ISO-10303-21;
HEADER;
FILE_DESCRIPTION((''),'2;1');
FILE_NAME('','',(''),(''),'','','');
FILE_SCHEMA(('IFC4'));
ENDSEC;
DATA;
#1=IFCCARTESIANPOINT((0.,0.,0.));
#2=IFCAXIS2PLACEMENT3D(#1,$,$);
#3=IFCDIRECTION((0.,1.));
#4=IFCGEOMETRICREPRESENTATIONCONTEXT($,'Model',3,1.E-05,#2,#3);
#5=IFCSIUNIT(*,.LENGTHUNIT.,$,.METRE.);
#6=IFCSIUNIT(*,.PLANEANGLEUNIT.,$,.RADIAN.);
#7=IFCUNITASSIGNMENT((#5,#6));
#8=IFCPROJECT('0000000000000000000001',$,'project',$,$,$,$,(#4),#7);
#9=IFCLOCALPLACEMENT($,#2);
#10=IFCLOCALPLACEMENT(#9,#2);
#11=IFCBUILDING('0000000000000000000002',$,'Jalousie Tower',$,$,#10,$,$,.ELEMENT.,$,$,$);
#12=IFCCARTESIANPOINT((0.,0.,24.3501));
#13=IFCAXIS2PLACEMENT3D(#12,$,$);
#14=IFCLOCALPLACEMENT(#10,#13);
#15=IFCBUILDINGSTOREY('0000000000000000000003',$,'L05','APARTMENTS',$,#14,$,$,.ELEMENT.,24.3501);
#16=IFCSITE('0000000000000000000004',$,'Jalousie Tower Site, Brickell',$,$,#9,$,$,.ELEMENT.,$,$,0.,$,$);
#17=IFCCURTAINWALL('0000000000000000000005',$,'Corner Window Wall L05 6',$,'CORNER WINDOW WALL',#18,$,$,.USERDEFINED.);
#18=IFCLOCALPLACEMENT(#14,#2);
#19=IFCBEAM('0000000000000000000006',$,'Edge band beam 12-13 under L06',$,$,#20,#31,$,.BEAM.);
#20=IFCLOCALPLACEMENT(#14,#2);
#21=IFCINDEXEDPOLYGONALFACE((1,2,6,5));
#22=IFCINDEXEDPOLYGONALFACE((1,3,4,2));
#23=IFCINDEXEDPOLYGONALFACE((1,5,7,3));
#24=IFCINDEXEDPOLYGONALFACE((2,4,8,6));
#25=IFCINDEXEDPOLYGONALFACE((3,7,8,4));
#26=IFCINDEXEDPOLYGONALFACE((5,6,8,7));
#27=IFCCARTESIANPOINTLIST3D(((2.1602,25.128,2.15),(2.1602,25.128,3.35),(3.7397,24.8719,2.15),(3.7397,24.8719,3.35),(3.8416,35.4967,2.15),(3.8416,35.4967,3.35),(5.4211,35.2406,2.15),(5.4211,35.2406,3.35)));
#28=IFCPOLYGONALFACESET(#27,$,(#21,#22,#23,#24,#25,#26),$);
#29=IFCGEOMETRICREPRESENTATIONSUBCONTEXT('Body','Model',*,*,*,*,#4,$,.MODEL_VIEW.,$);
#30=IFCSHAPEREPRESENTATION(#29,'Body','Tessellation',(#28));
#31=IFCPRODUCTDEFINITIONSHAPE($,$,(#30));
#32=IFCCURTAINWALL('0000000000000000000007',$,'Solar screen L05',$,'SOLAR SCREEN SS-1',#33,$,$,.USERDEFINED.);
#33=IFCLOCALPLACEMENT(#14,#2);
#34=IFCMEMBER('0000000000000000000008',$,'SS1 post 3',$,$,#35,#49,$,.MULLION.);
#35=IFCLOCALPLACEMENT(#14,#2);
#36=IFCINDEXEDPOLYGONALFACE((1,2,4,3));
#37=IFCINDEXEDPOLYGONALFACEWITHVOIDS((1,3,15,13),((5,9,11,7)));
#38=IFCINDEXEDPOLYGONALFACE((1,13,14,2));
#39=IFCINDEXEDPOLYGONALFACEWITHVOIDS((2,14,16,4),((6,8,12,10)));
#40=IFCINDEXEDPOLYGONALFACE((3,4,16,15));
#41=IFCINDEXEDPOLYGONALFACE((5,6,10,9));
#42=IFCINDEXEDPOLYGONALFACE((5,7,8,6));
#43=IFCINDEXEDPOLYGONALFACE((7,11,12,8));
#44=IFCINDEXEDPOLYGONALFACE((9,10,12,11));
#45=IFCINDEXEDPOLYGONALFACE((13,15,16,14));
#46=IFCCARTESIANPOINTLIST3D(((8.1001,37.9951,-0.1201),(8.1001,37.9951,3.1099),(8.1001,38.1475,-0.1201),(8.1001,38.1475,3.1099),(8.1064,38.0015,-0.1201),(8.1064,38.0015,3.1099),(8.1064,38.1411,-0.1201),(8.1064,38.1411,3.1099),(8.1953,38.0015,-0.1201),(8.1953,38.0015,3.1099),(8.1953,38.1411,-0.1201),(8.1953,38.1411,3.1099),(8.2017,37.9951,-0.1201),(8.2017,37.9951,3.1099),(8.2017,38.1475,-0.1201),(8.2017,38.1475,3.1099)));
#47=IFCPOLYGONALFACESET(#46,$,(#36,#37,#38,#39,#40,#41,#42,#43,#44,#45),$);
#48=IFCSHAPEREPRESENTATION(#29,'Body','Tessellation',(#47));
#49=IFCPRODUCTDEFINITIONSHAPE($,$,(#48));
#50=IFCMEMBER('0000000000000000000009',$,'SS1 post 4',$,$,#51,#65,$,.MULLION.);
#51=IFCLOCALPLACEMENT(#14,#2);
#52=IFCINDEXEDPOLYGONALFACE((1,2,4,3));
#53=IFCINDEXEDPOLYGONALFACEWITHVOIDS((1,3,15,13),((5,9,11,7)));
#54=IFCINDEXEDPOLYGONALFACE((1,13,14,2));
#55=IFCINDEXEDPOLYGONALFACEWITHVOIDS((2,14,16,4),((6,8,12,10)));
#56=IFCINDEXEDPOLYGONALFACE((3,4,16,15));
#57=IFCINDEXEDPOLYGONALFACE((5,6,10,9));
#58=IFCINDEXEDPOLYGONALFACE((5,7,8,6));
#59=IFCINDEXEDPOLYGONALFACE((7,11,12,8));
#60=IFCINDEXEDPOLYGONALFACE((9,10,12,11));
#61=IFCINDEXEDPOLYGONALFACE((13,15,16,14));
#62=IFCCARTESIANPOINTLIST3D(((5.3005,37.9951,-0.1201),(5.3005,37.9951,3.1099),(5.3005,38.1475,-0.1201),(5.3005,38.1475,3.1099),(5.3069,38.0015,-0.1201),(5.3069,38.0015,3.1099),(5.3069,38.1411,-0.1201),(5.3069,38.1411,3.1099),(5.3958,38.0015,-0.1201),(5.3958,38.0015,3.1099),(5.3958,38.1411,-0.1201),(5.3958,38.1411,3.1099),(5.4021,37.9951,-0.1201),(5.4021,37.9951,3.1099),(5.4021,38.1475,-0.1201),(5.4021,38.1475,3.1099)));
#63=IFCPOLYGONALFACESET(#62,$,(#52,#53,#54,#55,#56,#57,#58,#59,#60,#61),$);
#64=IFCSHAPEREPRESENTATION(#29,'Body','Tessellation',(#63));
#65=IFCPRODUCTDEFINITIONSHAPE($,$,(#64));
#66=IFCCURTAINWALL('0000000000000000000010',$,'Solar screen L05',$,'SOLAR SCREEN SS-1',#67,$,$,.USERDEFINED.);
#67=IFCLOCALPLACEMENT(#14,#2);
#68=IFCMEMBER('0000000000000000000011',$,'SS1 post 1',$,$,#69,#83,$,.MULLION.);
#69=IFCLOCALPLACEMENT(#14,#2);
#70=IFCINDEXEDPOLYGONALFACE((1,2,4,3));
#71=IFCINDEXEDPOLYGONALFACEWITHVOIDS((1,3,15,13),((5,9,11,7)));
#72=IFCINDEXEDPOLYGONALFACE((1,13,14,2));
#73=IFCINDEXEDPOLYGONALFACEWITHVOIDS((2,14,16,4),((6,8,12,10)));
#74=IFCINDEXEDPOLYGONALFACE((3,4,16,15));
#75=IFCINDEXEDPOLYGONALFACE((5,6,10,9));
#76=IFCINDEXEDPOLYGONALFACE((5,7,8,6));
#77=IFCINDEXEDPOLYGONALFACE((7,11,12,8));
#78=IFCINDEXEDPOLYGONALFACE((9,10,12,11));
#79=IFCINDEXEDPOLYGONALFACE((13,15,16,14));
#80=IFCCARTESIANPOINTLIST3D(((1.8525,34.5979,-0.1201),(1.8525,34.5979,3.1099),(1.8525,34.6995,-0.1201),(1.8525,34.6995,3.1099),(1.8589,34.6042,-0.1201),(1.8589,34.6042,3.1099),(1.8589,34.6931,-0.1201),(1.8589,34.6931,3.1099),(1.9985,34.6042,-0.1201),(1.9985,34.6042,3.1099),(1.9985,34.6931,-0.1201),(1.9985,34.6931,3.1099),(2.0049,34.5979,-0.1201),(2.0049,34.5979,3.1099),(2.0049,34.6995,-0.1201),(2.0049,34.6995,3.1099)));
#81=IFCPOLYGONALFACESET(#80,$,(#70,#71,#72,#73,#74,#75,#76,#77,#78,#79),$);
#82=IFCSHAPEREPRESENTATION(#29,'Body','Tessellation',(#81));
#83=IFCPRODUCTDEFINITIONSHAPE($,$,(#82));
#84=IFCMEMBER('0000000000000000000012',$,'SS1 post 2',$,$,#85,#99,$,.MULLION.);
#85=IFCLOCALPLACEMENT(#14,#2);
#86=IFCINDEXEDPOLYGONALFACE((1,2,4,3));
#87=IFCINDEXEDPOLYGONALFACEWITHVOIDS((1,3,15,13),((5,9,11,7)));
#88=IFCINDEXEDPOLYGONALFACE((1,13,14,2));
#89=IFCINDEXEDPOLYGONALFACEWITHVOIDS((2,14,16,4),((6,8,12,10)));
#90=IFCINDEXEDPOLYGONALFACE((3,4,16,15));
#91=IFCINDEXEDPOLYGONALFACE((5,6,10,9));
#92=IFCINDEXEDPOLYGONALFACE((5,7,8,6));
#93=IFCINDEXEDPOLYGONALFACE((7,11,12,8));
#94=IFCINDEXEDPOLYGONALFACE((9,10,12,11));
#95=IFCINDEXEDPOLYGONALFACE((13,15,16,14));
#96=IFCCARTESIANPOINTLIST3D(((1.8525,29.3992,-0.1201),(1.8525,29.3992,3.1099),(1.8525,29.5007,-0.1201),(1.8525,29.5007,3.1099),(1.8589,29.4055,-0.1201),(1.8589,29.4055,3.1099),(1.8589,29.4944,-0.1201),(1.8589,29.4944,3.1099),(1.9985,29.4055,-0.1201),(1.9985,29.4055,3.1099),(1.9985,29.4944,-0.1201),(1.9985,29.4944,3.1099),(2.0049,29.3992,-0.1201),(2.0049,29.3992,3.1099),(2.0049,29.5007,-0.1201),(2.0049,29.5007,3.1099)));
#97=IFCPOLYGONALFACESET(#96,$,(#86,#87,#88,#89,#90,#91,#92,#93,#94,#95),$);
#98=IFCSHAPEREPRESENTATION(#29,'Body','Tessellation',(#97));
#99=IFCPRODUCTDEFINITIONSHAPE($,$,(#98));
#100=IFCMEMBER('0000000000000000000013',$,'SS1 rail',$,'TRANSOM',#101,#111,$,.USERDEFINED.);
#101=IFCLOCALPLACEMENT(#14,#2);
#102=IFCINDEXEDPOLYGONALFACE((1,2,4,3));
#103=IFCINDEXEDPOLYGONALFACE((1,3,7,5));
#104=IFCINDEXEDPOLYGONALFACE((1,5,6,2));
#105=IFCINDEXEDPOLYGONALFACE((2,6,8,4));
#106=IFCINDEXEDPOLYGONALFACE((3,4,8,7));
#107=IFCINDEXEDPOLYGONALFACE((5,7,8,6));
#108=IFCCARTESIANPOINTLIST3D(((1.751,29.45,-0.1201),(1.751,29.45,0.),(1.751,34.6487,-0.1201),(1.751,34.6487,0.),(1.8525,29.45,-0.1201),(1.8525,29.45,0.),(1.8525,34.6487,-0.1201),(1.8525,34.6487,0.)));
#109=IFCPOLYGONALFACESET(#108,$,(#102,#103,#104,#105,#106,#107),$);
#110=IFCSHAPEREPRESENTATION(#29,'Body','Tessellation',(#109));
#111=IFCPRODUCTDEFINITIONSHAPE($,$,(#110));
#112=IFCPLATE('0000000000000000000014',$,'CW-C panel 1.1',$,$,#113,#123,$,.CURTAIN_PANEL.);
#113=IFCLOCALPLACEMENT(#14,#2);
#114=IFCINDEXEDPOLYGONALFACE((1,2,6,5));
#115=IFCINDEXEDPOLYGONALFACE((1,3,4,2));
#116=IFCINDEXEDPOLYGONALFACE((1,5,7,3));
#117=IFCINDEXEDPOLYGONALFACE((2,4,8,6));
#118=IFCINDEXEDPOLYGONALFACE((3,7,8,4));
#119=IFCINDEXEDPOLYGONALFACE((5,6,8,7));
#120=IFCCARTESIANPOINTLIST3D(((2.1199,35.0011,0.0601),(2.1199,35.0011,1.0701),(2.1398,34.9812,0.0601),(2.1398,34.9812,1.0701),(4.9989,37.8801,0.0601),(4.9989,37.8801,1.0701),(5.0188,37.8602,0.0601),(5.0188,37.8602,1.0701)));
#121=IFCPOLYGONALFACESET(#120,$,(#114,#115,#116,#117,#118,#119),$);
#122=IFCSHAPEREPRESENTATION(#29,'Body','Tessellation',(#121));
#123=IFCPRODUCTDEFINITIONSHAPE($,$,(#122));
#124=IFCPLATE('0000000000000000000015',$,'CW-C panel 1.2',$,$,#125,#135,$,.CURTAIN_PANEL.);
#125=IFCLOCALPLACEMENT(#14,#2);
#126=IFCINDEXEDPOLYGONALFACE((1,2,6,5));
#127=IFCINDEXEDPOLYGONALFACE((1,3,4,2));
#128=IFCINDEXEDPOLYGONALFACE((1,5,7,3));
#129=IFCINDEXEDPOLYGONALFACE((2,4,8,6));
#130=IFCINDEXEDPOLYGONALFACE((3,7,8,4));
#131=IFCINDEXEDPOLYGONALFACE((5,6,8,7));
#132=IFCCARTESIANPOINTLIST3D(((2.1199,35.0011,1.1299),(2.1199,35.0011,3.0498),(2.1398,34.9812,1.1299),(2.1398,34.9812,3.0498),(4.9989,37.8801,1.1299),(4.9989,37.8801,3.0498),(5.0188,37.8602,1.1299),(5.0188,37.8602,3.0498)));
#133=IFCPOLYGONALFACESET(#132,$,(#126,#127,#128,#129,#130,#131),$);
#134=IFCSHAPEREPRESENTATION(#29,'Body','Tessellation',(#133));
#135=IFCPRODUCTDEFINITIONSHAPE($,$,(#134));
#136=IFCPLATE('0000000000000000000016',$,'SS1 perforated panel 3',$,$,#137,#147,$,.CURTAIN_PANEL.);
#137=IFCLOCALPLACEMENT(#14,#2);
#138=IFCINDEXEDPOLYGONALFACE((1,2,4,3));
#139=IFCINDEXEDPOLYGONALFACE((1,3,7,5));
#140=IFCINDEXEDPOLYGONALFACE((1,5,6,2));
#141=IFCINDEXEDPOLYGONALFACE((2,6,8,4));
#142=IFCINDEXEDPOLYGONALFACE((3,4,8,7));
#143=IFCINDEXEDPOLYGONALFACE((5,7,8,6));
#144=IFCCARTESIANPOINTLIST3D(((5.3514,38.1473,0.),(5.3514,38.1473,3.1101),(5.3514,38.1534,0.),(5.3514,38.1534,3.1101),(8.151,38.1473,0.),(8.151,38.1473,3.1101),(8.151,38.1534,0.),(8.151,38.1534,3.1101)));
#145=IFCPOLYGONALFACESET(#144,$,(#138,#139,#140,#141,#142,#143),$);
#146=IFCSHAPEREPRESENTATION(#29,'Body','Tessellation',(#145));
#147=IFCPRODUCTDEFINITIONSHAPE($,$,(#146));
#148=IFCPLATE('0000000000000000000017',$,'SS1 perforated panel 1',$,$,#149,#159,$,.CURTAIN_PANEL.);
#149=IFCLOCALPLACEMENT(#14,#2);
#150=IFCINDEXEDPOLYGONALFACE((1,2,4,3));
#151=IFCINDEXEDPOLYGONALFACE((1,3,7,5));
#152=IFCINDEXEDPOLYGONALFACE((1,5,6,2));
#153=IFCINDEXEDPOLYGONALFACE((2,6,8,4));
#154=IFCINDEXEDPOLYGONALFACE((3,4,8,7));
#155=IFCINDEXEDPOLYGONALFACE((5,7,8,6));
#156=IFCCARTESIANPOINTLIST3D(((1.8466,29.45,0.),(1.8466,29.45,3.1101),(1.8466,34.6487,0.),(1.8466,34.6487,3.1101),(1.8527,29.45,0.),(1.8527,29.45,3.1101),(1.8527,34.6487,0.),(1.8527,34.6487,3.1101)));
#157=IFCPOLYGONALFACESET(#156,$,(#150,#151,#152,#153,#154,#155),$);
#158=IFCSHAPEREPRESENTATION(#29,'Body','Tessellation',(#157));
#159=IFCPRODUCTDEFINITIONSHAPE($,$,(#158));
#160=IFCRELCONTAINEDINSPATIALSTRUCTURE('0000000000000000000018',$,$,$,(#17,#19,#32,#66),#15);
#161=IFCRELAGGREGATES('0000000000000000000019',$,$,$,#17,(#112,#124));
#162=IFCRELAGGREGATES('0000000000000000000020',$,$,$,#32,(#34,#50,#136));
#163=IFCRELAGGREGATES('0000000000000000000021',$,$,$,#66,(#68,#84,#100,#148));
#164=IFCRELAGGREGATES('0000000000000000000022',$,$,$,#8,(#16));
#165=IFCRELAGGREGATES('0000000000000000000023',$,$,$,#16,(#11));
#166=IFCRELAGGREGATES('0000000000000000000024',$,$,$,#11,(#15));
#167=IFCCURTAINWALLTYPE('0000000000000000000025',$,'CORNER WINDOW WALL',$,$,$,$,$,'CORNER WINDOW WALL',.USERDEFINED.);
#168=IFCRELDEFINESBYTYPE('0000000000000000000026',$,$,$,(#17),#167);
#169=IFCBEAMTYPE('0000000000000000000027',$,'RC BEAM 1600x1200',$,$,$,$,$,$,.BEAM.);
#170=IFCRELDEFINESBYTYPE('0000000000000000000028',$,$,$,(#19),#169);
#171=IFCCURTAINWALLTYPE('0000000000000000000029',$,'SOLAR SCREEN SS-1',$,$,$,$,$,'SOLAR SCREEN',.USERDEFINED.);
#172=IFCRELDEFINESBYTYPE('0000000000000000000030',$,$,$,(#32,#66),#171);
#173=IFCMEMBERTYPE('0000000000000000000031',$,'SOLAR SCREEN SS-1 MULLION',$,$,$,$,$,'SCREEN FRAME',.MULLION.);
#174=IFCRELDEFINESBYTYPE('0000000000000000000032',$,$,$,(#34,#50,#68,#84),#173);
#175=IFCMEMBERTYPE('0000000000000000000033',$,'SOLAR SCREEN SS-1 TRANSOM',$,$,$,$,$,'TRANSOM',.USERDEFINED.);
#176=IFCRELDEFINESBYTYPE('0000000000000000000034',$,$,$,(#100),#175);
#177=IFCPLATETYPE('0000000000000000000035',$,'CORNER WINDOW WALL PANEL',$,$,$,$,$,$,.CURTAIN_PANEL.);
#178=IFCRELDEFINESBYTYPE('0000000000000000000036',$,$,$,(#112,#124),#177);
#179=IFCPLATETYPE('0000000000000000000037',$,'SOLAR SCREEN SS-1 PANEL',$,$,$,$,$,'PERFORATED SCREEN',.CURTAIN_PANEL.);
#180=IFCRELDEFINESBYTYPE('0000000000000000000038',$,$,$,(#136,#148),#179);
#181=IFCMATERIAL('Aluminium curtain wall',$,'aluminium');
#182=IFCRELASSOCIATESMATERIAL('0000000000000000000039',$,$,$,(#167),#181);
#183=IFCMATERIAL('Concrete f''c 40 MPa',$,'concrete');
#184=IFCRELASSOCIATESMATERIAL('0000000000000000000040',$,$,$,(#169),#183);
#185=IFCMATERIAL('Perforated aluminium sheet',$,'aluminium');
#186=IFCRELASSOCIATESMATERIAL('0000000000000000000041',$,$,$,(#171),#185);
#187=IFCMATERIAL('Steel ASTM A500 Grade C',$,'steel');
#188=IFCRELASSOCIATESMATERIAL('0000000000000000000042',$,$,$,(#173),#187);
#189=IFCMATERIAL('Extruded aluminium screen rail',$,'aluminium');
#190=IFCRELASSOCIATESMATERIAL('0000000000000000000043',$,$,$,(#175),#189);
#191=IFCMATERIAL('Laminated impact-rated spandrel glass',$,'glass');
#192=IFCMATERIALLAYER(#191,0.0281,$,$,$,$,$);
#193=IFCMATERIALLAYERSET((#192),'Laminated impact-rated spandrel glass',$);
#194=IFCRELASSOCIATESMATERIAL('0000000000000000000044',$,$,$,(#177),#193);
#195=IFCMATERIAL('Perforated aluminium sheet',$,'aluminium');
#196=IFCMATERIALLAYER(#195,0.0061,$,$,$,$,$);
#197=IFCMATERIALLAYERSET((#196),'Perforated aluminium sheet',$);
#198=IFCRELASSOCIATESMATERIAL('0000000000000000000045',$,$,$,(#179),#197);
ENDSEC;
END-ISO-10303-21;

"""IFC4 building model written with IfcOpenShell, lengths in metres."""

from ifc_helpers import new_model, si_unit, direction, frame, origin, origin_2d, place, context, subcontext, project, spatial, rectangle, hollow_rectangle, extrude, material, layer, layer_set, material_profile, profile_set, type_object, element, aggregate, save


model = new_model("IFC4")

# Units and contexts
model_context = context("Model", 3, precision=1e-05, world=origin(), true_north=direction((0.0, 1.0)))
body_context = subcontext(model_context, "Body", "Model", "MODEL_VIEW")
ifc_project = project(units=[si_unit("LENGTHUNIT", "METRE"), si_unit("PLANEANGLEUNIT", "RADIAN")], contexts=[model_context])

# Site, building, storey
site_placement = place(None, origin())
site = spatial("IfcSite", under=ifc_project, at=site_placement, Name="Jalousie Tower Site, Brickell", CompositionType="ELEMENT", RefElevation=0.0)
building_placement = place(site_placement, origin())
building = spatial("IfcBuilding", under=site, at=building_placement, Name="Jalousie Tower", CompositionType="ELEMENT")
storey_placement = place(building_placement, frame((0.0, 0.0, 24.3501)))
storey = spatial("IfcBuildingStorey", under=building, at=storey_placement, Name="L05", Description="APARTMENTS", CompositionType="ELEMENT", Elevation=24.3501)

# Curtain wall
ifc_material_1 = material(Name="Aluminium curtain wall", Category="aluminium")
curtain_wall_type_1 = type_object("IfcCurtainWallType", Name="CORNER WINDOW WALL", ElementType="CORNER WINDOW WALL", PredefinedType="USERDEFINED", material=ifc_material_1)
curtain_wall_1_placement = place(storey_placement, origin())
curtain_wall_1 = element("IfcCurtainWall", 1, at=curtain_wall_1_placement, inside=storey, type_object=curtain_wall_type_1, Name="Corner Window Wall L05 6", ObjectType="CORNER WINDOW WALL", PredefinedType="USERDEFINED")

# Beam
ifc_material_2 = material(Name="Concrete f'c 40 MPa", Category="concrete")
ifc_material_profile_1 = material_profile(ifc_material_2, rectangle(XDim=1.6001, YDim=1.2, at=origin_2d()), Name="RC 1600x1200")
ifc_profile_set_1 = profile_set([ifc_material_profile_1], Name="Concrete f'c 40 MPa")
beam_type_1 = type_object("IfcBeamType", Name="RC BEAM 1600x1200", PredefinedType="BEAM", material=ifc_profile_set_1)
beam_1_placement = place(storey_placement, frame((4.6313, 35.3687, 2.75), z_axis=(-0.160071, -0.987106, 0.0), x_axis=(0.987106, -0.160071, 0.0)))
element("IfcBeam", 2, at=beam_1_placement, inside=storey, type_object=beam_type_1, Name="Edge band beam 12-13 under L06", PredefinedType="BEAM", context=body_context, shape_type="SweptSolid", body=[
    extrude(rectangle(XDim=1.6001, YDim=1.2, at=origin_2d()), origin(), (0.0, 0.0, 1.0), 10.5042),
])

# Curtain walls, members
ifc_material_3 = material(Name="Perforated aluminium sheet", Category="aluminium")
curtain_wall_type_2 = type_object("IfcCurtainWallType", Name="SOLAR SCREEN SS-1", ElementType="SOLAR SCREEN", PredefinedType="USERDEFINED", material=ifc_material_3)
curtain_wall_2_placement = place(storey_placement, origin())
curtain_wall_2 = element("IfcCurtainWall", 3, at=curtain_wall_2_placement, inside=storey, type_object=curtain_wall_type_2, Name="Solar screen L05", ObjectType="SOLAR SCREEN SS-1", PredefinedType="USERDEFINED")
ifc_material_4 = material(Name="Steel ASTM A500 Grade C", Category="steel")
ifc_material_profile_2 = material_profile(ifc_material_4, hollow_rectangle(XDim=0.1016, YDim=0.1523, WallThickness=0.0063, at=origin_2d()), Name="HSS6X4X1/4")
ifc_profile_set_2 = profile_set([ifc_material_profile_2], Name="Steel ASTM A500 Grade C")
member_type_1 = type_object("IfcMemberType", Name="SOLAR SCREEN SS-1 MULLION", ElementType="SCREEN FRAME", PredefinedType="MULLION", material=ifc_profile_set_2)
member_1_placement = place(storey_placement, frame((8.1509, 38.0713, -0.1201), z_axis=(0.0, 0.0, 1.0), x_axis=(-1.0, 0.0, 0.0)))
member_1 = element("IfcMember", 4, at=member_1_placement, type_object=member_type_1, Name="SS1 post 3", PredefinedType="MULLION", context=body_context, shape_type="SweptSolid", body=[
    extrude(hollow_rectangle(XDim=0.1016, YDim=0.1523, WallThickness=0.0063, at=origin_2d()), origin(), (0.0, 0.0, 1.0), 3.23),
])
member_2_placement = place(storey_placement, frame((5.3513, 38.0713, -0.1201), z_axis=(0.0, 0.0, 1.0), x_axis=(-1.0, 0.0, 0.0)))
member_2 = element("IfcMember", 5, at=member_2_placement, type_object=member_type_1, Name="SS1 post 4", PredefinedType="MULLION", context=body_context, shape_type="SweptSolid", body=[
    extrude(hollow_rectangle(XDim=0.1016, YDim=0.1523, WallThickness=0.0063, at=origin_2d()), origin(), (0.0, 0.0, 1.0), 3.23),
])
curtain_wall_3_placement = place(storey_placement, origin())
curtain_wall_3 = element("IfcCurtainWall", 6, at=curtain_wall_3_placement, inside=storey, type_object=curtain_wall_type_2, Name="Solar screen L05", ObjectType="SOLAR SCREEN SS-1", PredefinedType="USERDEFINED")
member_3_placement = place(storey_placement, frame((1.9287, 34.6487, -0.1201), z_axis=(0.0, 0.0, 1.0), x_axis=(0.0, -1.0, 0.0)))
member_3 = element("IfcMember", 7, at=member_3_placement, type_object=member_type_1, Name="SS1 post 1", PredefinedType="MULLION", context=body_context, shape_type="SweptSolid", body=[
    extrude(hollow_rectangle(XDim=0.1016, YDim=0.1523, WallThickness=0.0063, at=origin_2d()), origin(), (0.0, 0.0, 1.0), 3.23),
])
member_4_placement = place(storey_placement, frame((1.9287, 29.45, -0.1201), z_axis=(0.0, 0.0, 1.0), x_axis=(0.0, -1.0, 0.0)))
member_4 = element("IfcMember", 8, at=member_4_placement, type_object=member_type_1, Name="SS1 post 2", PredefinedType="MULLION", context=body_context, shape_type="SweptSolid", body=[
    extrude(hollow_rectangle(XDim=0.1016, YDim=0.1523, WallThickness=0.0063, at=origin_2d()), origin(), (0.0, 0.0, 1.0), 3.23),
])
ifc_material_5 = material(Name="Extruded aluminium screen rail", Category="aluminium")
ifc_material_profile_3 = material_profile(ifc_material_5, rectangle(XDim=0.1016, YDim=0.1201, at=origin_2d()), Name="RAIL 102x120")
ifc_profile_set_3 = profile_set([ifc_material_profile_3], Name="Extruded aluminium screen rail")
member_type_2 = type_object("IfcMemberType", Name="SOLAR SCREEN SS-1 TRANSOM", ElementType="TRANSOM", PredefinedType="USERDEFINED", material=ifc_profile_set_3)
member_5_placement = place(storey_placement, frame((1.8018, 34.6487, -0.0601), z_axis=(0.0, -1.0, 0.0), x_axis=(1.0, 0.0, 0.0)))
member_5 = element("IfcMember", 9, at=member_5_placement, type_object=member_type_2, Name="SS1 rail", ObjectType="TRANSOM", PredefinedType="USERDEFINED", context=body_context, shape_type="SweptSolid", body=[
    extrude(rectangle(XDim=0.1016, YDim=0.1201, at=origin_2d()), origin(), (0.0, 0.0, 1.0), 5.1987),
])

# Plates
ifc_material_6 = material(Name="Laminated impact-rated spandrel glass", Category="glass")
ifc_layer_1 = layer(ifc_material_6, 0.0281)
ifc_layer_set_1 = layer_set([ifc_layer_1], Name="Laminated impact-rated spandrel glass")
plate_type_1 = type_object("IfcPlateType", Name="CORNER WINDOW WALL PANEL", PredefinedType="CURTAIN_PANEL", material=ifc_layer_set_1)
plate_1_placement = place(storey_placement, frame((3.5693, 36.4307, 0.0601), z_axis=(0.0, 0.0, 1.0), x_axis=(-0.707107, -0.707107, 0.0)))
plate_1 = element("IfcPlate", 10, at=plate_1_placement, type_object=plate_type_1, Name="CW-C panel 1.1", PredefinedType="CURTAIN_PANEL", context=body_context, shape_type="SweptSolid", body=[
    extrude(rectangle(XDim=4.0715, YDim=0.0281, at=origin_2d()), origin(), (0.0, 0.0, 1.0), 1.01),
])
plate_2_placement = place(storey_placement, frame((3.5693, 36.4307, 1.1299), z_axis=(0.0, 0.0, 1.0), x_axis=(-0.707107, -0.707107, 0.0)))
plate_2 = element("IfcPlate", 11, at=plate_2_placement, type_object=plate_type_1, Name="CW-C panel 1.2", PredefinedType="CURTAIN_PANEL", context=body_context, shape_type="SweptSolid", body=[
    extrude(rectangle(XDim=4.0715, YDim=0.0281, at=origin_2d()), origin(), (0.0, 0.0, 1.0), 1.9199),
])
aggregate(curtain_wall_1, [plate_1, plate_2])
ifc_material_7 = material(Name="Perforated aluminium sheet", Category="aluminium")
ifc_layer_2 = layer(ifc_material_7, 0.0061)
ifc_layer_set_2 = layer_set([ifc_layer_2], Name="Perforated aluminium sheet")
plate_type_2 = type_object("IfcPlateType", Name="SOLAR SCREEN SS-1 PANEL", ElementType="PERFORATED SCREEN", PredefinedType="CURTAIN_PANEL", material=ifc_layer_set_2)
plate_3_placement = place(storey_placement, frame((6.7512, 38.1504, 0.0), z_axis=(0.0, 0.0, 1.0), x_axis=(-1.0, 0.0, 0.0)))
plate_3 = element("IfcPlate", 12, at=plate_3_placement, type_object=plate_type_2, Name="SS1 perforated panel 3", PredefinedType="CURTAIN_PANEL", context=body_context, shape_type="SweptSolid", body=[
    extrude(rectangle(XDim=2.7996, YDim=0.0061, at=origin_2d()), origin(), (0.0, 0.0, 1.0), 3.1101),
])
aggregate(curtain_wall_2, [member_1, member_2, plate_3])
plate_4_placement = place(storey_placement, frame((1.8496, 32.0493, 0.0), z_axis=(0.0, 0.0, 1.0), x_axis=(0.0, -1.0, 0.0)))
plate_4 = element("IfcPlate", 13, at=plate_4_placement, type_object=plate_type_2, Name="SS1 perforated panel 1", PredefinedType="CURTAIN_PANEL", context=body_context, shape_type="SweptSolid", body=[
    extrude(rectangle(XDim=5.1987, YDim=0.0061, at=origin_2d()), origin(), (0.0, 0.0, 1.0), 3.1101),
])
aggregate(curtain_wall_3, [member_3, member_4, member_5, plate_4])

save(model, "model.ifc")
